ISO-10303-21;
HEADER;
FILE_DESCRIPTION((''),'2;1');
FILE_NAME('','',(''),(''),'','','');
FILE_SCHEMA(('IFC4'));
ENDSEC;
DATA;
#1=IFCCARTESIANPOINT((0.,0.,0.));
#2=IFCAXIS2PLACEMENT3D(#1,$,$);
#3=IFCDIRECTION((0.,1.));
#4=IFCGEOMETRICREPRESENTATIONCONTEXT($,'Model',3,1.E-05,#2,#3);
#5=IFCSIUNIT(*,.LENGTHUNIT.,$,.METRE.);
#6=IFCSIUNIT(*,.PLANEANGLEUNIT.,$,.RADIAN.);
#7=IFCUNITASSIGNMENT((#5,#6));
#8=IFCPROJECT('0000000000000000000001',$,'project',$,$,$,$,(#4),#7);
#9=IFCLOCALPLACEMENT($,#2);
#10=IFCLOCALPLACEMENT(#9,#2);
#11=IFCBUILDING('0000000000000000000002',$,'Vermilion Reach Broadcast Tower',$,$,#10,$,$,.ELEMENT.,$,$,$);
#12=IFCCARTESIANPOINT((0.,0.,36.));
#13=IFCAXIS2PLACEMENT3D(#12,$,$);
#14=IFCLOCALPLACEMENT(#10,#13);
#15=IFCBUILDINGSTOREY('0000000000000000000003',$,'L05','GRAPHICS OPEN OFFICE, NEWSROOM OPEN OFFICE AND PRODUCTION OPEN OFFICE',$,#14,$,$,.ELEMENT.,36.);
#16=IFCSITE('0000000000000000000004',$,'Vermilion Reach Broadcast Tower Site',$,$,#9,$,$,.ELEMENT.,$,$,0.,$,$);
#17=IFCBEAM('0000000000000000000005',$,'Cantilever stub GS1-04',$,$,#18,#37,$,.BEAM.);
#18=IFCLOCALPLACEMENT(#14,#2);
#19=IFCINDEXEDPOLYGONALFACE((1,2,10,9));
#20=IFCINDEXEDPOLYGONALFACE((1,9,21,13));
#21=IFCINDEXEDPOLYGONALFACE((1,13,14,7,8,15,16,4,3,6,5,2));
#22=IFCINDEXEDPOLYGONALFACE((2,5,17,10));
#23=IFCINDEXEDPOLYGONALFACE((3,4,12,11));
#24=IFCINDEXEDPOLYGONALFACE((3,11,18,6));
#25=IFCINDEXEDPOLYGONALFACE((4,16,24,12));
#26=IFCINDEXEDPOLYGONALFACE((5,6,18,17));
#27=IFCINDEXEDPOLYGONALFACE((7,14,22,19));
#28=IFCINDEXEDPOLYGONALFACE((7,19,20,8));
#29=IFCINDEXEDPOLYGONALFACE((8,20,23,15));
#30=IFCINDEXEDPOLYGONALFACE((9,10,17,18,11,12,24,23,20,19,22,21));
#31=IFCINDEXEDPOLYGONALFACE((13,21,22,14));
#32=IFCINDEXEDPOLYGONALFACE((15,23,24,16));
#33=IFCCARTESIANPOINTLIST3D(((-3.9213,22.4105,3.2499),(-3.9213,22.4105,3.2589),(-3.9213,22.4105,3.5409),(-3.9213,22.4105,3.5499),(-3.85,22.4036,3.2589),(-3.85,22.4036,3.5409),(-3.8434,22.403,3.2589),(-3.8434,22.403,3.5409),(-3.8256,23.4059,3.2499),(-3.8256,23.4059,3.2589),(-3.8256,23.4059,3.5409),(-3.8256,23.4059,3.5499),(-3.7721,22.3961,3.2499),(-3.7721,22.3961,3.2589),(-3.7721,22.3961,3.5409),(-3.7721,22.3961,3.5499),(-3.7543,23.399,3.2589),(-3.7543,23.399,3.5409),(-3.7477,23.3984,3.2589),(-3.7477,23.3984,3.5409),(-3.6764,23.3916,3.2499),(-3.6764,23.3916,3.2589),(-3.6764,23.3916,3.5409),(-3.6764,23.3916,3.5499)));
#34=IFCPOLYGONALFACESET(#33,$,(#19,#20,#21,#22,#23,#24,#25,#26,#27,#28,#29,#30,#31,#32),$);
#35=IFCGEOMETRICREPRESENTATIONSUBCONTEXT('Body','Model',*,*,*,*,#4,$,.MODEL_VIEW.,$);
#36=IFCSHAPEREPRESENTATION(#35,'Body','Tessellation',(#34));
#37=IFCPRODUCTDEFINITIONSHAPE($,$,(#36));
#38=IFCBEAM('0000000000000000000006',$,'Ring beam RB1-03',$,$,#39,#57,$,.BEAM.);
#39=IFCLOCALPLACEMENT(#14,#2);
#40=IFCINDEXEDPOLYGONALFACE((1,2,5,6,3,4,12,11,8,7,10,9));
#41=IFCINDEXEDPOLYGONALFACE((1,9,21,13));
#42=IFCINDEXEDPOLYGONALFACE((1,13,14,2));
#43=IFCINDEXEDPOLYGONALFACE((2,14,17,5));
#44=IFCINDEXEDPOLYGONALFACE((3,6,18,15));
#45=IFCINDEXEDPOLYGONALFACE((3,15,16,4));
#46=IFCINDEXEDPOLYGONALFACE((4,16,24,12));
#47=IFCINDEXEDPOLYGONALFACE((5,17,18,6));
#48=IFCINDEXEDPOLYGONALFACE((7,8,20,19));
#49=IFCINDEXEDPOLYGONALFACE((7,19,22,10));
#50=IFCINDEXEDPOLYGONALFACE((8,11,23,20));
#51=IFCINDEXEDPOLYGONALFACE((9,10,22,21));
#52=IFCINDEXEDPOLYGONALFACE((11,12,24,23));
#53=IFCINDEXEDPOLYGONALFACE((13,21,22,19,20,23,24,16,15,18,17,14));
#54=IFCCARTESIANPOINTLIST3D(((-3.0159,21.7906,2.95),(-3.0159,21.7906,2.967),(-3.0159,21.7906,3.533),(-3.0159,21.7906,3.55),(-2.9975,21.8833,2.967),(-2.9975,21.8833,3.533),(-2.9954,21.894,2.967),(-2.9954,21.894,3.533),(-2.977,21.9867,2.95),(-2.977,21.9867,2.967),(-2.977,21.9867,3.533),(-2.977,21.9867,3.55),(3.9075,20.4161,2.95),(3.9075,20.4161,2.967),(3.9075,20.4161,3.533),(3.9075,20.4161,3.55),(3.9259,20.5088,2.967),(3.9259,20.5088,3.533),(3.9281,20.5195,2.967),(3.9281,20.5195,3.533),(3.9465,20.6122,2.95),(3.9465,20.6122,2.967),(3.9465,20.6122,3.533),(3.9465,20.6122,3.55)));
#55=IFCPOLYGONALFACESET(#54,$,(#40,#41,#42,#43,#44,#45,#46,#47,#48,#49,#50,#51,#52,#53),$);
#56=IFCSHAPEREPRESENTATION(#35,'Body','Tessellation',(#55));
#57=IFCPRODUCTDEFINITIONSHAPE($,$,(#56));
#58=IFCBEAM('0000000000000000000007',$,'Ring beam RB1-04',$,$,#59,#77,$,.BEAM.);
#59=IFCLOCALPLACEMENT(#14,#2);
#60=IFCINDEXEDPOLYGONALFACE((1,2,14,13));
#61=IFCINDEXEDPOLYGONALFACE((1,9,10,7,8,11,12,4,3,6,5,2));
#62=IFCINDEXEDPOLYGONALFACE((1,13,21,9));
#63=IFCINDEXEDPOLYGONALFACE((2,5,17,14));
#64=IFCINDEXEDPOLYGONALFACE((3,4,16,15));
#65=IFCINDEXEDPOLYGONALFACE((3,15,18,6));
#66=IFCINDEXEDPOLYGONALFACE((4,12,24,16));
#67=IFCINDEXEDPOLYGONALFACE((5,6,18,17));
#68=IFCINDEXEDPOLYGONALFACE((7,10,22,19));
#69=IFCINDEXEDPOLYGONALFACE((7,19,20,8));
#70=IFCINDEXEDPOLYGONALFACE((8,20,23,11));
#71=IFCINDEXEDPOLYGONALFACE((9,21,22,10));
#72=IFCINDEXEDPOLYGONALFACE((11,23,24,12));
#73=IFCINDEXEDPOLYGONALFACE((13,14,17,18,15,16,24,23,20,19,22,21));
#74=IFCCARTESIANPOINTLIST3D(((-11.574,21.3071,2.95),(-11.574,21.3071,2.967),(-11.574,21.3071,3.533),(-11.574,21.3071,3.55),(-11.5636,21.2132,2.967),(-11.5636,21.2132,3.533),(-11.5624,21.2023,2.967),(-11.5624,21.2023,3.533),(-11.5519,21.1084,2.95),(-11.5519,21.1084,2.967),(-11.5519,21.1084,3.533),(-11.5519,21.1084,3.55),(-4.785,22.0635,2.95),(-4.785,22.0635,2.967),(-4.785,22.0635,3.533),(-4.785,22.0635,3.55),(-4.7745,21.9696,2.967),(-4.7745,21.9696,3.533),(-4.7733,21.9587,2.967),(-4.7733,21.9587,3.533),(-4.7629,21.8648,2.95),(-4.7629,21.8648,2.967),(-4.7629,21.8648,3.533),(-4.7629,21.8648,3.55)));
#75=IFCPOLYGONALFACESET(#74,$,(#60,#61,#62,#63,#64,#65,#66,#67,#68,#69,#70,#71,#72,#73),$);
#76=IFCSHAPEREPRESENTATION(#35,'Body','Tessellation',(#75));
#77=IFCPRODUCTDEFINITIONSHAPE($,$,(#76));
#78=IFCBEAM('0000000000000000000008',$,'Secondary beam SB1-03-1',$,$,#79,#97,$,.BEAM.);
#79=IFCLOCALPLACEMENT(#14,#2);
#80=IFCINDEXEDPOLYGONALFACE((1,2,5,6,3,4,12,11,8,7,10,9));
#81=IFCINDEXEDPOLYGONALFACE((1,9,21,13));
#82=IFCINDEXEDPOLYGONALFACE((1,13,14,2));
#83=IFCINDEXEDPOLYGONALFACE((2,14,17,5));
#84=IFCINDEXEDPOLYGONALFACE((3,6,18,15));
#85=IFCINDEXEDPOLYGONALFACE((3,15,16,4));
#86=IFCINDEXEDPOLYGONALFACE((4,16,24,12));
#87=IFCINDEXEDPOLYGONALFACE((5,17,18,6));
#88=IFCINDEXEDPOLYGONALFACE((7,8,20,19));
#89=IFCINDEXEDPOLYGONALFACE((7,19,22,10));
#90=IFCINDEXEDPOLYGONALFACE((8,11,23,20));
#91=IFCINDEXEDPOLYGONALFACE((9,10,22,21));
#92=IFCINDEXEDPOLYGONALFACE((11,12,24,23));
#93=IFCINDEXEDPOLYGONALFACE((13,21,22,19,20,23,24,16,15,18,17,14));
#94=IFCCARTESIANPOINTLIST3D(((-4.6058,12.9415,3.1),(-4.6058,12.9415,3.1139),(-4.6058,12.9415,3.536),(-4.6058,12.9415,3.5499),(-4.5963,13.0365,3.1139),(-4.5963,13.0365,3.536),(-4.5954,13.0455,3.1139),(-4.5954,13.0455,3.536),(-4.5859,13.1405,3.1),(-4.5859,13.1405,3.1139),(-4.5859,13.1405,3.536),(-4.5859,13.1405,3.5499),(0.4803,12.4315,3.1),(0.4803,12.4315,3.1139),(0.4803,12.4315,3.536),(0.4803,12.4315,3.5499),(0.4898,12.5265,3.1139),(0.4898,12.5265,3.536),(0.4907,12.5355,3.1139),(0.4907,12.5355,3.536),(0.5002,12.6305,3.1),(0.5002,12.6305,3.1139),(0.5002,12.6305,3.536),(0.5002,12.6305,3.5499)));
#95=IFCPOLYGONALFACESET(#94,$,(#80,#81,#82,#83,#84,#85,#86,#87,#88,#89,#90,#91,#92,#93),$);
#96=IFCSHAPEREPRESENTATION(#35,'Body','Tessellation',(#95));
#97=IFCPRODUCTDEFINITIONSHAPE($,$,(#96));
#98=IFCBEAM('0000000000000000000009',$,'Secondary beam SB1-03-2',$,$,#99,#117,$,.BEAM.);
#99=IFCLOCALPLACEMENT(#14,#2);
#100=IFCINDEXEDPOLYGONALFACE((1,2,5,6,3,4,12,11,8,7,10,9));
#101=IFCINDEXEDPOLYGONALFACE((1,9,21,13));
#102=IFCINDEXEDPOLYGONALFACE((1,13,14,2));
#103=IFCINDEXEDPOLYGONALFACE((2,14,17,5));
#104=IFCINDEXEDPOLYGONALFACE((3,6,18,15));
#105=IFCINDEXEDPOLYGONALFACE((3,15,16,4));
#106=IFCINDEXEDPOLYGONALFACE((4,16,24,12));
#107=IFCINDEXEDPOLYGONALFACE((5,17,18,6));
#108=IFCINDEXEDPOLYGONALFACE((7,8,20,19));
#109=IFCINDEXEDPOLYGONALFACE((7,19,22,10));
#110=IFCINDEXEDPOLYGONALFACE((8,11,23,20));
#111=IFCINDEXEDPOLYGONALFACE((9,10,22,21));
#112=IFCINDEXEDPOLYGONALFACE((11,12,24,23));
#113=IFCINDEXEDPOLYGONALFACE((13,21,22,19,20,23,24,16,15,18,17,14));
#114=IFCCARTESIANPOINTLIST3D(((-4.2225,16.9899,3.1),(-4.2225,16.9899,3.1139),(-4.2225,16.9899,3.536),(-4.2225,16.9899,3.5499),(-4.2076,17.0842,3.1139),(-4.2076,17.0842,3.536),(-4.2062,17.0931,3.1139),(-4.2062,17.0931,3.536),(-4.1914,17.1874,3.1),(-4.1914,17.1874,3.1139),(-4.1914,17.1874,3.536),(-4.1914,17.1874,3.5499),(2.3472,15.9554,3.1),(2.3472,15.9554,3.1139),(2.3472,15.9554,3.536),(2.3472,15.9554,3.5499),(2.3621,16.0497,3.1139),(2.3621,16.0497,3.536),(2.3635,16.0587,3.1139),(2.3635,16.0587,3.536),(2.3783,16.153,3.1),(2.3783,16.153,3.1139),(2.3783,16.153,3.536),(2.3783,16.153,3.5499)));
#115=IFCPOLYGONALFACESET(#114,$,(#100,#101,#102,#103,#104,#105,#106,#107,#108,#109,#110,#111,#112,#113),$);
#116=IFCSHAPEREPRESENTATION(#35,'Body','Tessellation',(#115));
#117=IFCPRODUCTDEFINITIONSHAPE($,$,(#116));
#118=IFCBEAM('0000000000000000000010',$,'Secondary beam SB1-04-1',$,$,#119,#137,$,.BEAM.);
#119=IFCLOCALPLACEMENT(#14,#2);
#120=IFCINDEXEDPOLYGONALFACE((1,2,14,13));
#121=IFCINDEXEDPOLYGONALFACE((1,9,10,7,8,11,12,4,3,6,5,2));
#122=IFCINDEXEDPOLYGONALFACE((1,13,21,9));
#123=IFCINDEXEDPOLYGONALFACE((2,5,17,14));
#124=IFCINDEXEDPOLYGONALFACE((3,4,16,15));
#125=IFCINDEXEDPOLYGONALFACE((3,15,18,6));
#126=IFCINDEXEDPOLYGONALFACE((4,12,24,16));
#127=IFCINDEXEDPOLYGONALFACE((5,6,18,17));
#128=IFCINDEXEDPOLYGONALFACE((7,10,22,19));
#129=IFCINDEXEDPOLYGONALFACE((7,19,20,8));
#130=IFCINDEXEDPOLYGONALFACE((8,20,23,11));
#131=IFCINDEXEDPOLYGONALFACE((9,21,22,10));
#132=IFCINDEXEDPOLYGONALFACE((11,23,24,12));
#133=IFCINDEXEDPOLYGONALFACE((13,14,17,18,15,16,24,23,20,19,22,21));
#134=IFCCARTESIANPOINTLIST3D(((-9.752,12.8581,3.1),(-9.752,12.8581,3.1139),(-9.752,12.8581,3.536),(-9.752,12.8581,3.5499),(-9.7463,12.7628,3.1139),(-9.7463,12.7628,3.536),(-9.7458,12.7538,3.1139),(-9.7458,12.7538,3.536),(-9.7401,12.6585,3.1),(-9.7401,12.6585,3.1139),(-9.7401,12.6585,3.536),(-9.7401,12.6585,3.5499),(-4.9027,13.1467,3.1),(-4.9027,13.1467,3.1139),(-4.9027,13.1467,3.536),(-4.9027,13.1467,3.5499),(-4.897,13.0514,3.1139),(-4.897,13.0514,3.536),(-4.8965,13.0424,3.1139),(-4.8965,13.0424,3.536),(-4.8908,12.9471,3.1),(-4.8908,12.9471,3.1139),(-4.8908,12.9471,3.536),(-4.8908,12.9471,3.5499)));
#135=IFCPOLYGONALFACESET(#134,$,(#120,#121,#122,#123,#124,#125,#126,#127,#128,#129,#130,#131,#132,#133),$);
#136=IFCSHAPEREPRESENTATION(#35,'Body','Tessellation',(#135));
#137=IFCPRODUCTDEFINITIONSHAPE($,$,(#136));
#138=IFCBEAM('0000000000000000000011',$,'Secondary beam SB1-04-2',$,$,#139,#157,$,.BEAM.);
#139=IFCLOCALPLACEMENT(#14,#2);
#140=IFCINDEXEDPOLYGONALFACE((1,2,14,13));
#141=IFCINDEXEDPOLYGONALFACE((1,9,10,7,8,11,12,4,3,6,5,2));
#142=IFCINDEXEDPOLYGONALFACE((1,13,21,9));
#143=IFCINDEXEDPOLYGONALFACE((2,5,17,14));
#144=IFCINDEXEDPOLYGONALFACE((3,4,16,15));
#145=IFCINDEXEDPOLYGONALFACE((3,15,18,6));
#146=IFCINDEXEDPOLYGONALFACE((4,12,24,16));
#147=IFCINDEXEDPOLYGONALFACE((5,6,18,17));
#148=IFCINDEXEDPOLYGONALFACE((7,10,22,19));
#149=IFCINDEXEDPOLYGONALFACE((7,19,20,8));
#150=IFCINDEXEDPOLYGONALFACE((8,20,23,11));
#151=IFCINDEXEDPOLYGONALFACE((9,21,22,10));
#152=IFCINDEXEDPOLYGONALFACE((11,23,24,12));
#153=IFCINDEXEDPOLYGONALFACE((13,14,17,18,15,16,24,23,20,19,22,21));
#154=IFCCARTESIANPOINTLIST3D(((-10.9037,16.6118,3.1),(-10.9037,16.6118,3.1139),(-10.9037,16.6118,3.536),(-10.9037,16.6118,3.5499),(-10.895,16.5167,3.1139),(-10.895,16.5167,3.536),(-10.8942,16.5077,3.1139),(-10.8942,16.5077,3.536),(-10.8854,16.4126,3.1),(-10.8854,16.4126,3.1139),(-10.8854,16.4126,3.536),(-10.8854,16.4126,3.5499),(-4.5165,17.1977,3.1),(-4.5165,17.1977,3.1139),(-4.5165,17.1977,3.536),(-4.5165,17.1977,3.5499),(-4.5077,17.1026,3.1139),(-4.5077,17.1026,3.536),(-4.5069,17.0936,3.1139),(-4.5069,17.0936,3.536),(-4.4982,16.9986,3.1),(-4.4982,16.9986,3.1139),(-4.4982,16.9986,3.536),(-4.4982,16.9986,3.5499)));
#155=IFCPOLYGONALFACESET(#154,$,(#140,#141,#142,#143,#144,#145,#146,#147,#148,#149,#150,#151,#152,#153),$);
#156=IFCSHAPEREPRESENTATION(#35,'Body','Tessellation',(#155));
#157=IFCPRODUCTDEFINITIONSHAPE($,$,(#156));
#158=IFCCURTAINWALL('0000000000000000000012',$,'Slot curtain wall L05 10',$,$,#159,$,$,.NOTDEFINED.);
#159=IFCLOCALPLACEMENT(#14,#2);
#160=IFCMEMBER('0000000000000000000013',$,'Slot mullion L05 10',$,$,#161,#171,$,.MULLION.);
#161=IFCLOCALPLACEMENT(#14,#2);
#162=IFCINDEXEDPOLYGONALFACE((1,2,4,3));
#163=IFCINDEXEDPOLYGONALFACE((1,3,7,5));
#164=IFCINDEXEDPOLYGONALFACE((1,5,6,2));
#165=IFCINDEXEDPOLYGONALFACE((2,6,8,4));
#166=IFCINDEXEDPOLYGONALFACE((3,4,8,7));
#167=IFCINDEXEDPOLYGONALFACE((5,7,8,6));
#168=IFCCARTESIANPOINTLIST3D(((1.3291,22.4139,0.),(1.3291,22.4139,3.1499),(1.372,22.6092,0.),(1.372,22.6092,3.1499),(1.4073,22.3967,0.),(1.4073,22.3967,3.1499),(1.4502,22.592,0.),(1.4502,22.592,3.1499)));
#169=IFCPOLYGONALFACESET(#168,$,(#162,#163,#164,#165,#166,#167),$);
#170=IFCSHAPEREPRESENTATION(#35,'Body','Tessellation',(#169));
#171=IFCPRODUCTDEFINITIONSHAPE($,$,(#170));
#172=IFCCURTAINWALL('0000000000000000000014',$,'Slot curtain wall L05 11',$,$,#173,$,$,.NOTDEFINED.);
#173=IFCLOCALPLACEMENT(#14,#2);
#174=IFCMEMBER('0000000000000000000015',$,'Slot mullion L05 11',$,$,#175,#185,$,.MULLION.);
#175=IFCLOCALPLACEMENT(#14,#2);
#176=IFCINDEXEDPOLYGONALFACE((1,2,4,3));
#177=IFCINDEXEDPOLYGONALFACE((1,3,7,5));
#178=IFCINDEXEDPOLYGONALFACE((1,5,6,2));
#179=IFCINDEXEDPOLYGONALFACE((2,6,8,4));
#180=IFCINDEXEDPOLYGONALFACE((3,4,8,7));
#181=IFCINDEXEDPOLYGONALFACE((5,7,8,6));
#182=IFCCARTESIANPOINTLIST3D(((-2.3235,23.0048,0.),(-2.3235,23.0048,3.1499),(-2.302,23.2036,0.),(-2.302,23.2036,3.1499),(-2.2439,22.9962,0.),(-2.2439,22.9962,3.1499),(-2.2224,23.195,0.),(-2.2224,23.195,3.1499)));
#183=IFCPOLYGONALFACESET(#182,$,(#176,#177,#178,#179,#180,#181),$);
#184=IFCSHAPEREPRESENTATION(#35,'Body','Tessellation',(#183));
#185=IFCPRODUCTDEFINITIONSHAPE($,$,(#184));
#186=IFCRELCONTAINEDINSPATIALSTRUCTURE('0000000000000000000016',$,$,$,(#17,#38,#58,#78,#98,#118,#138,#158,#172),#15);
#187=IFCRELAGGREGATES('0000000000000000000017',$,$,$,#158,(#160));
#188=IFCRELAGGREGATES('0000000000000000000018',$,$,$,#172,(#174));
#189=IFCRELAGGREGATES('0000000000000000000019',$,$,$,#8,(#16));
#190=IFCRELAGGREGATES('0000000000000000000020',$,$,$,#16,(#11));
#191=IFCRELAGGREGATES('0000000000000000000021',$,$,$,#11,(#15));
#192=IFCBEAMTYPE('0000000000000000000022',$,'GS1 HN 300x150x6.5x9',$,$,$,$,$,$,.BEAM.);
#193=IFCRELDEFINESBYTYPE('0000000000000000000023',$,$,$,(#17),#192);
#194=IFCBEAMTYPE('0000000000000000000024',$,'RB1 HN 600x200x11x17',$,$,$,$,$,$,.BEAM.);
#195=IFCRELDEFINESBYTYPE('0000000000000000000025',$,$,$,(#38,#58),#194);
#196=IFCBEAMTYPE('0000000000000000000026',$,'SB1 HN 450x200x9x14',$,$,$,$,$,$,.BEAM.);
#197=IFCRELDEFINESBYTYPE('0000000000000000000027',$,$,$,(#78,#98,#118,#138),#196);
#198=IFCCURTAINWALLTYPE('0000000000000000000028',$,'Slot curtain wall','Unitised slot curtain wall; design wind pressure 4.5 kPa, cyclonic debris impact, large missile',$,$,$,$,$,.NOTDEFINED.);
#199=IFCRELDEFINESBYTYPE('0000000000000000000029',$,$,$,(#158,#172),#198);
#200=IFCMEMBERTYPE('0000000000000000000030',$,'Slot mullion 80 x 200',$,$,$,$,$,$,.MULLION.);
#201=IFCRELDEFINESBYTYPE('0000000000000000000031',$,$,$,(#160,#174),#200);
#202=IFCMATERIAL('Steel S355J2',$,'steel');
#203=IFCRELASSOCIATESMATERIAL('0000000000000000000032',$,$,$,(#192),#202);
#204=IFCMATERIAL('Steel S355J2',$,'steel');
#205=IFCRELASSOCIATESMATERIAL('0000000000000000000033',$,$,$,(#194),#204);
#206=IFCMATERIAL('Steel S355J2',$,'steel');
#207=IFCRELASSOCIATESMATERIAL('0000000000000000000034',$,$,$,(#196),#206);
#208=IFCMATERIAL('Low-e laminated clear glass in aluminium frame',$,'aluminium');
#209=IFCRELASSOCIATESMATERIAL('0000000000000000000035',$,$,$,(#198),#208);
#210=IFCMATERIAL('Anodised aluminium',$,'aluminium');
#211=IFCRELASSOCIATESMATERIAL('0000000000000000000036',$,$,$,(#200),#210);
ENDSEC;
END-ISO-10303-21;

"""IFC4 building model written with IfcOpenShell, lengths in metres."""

from ifc_helpers import new_model, si_unit, direction, frame, origin, origin_2d, place, context, subcontext, project, spatial, rectangle, i_section, extrude, material, material_profile, profile_set, type_object, element, aggregate, save


model = new_model("IFC4")

# Units and contexts
model_context = context("Model", 3, precision=1e-05, world=origin(), true_north=direction((0.0, 1.0)))
body_context = subcontext(model_context, "Body", "Model", "MODEL_VIEW")
ifc_project = project(units=[si_unit("LENGTHUNIT", "METRE"), si_unit("PLANEANGLEUNIT", "RADIAN")], contexts=[model_context])

# Site, building, storey
site_placement = place(None, origin())
site = spatial("IfcSite", under=ifc_project, at=site_placement, Name="Vermilion Reach Broadcast Tower Site", CompositionType="ELEMENT", RefElevation=0.0)
building_placement = place(site_placement, origin())
building = spatial("IfcBuilding", under=site, at=building_placement, Name="Vermilion Reach Broadcast Tower", CompositionType="ELEMENT")
storey_placement = place(building_placement, frame((0.0, 0.0, 36.0)))
storey = spatial("IfcBuildingStorey", under=building, at=storey_placement, Name="L05", Description="GRAPHICS OPEN OFFICE, NEWSROOM OPEN OFFICE AND PRODUCTION OPEN OFFICE", CompositionType="ELEMENT", Elevation=36.0)

# Beams
ifc_material_1 = material(Name="Steel S355J2", Category="steel")
ifc_material_profile_1 = material_profile(ifc_material_1, i_section(OverallWidth=0.1499, OverallDepth=0.3, WebThickness=0.0066, FlangeThickness=0.009, at=origin_2d()), Name="S355J2 HN 300x150x6.5x9")
ifc_profile_set_1 = profile_set([ifc_material_profile_1], Name="Steel S355J2")
beam_type_1 = type_object("IfcBeamType", Name="GS1 HN 300x150x6.5x9", PredefinedType="BEAM", material=ifc_profile_set_1)
beam_1_placement = place(storey_placement, frame((-3.8467, 22.4033, 3.3999), z_axis=(0.095708, 0.995409, 0.0), x_axis=(-0.995409, 0.095708, 0.0)))
element("IfcBeam", 1, at=beam_1_placement, inside=storey, type_object=beam_type_1, Name="Cantilever stub GS1-04", PredefinedType="BEAM", context=body_context, shape_type="SweptSolid", body=[
    extrude(i_section(OverallWidth=0.1499, OverallDepth=0.3, WebThickness=0.0066, FlangeThickness=0.009, at=origin_2d()), origin(), (0.0, 0.0, 1.0), 1.0),
])
ifc_material_2 = material(Name="Steel S355J2", Category="steel")
ifc_material_profile_2 = material_profile(ifc_material_2, i_section(OverallWidth=0.2, OverallDepth=0.6001, WebThickness=0.011, FlangeThickness=0.0171, at=origin_2d()), Name="S355J2 HN 600x200x11x17")
ifc_profile_set_2 = profile_set([ifc_material_profile_2], Name="Steel S355J2")
beam_type_2 = type_object("IfcBeamType", Name="RB1 HN 600x200x11x17", PredefinedType="BEAM", material=ifc_profile_set_2)
beam_2_placement = place(storey_placement, frame((3.927, 20.5142, 3.25), z_axis=(-0.980858, 0.194726, 0.0), x_axis=(-0.194726, -0.980858, 0.0)))
element("IfcBeam", 2, at=beam_2_placement, inside=storey, type_object=beam_type_2, Name="Ring beam RB1-03", PredefinedType="BEAM", context=body_context, shape_type="SweptSolid", body=[
    extrude(i_section(OverallWidth=0.2, OverallDepth=0.6001, WebThickness=0.011, FlangeThickness=0.0171, at=origin_2d()), origin(), (0.0, 0.0, 1.0), 7.0586),
])
beam_3_placement = place(storey_placement, frame((-4.7739, 21.9641, 3.25), z_axis=(-0.993851, -0.110722, 0.0), x_axis=(0.110722, -0.993851, 0.0)))
element("IfcBeam", 3, at=beam_3_placement, inside=storey, type_object=beam_type_2, Name="Ring beam RB1-04", PredefinedType="BEAM", context=body_context, shape_type="SweptSolid", body=[
    extrude(i_section(OverallWidth=0.2, OverallDepth=0.6001, WebThickness=0.011, FlangeThickness=0.0171, at=origin_2d()), origin(), (0.0, 0.0, 1.0), 6.8311),
])
ifc_material_3 = material(Name="Steel S355J2", Category="steel")
ifc_material_profile_3 = material_profile(ifc_material_3, i_section(OverallWidth=0.2, OverallDepth=0.45, WebThickness=0.009, FlangeThickness=0.0139, at=origin_2d()), Name="S355J2 HN 450x200x9x14")
ifc_profile_set_3 = profile_set([ifc_material_profile_3], Name="Steel S355J2")
beam_type_3 = type_object("IfcBeamType", Name="SB1 HN 450x200x9x14", PredefinedType="BEAM", material=ifc_profile_set_3)
beam_4_placement = place(storey_placement, frame((0.4902, 12.531, 3.325), z_axis=(-0.99501, 0.099773, 0.0), x_axis=(-0.099773, -0.99501, 0.0)))
element("IfcBeam", 4, at=beam_4_placement, inside=storey, type_object=beam_type_3, Name="Secondary beam SB1-03-1", PredefinedType="BEAM", context=body_context, shape_type="SweptSolid", body=[
    extrude(i_section(OverallWidth=0.2, OverallDepth=0.45, WebThickness=0.009, FlangeThickness=0.0139, at=origin_2d()), origin(), (0.0, 0.0, 1.0), 5.1116),
])
beam_5_placement = place(storey_placement, frame((2.3628, 16.0542, 3.325), z_axis=(-0.98783, 0.15554, 0.0), x_axis=(-0.15554, -0.98783, 0.0)))
element("IfcBeam", 5, at=beam_5_placement, inside=storey, type_object=beam_type_3, Name="Secondary beam SB1-03-2", PredefinedType="BEAM", context=body_context, shape_type="SweptSolid", body=[
    extrude(i_section(OverallWidth=0.2, OverallDepth=0.45, WebThickness=0.009, FlangeThickness=0.0139, at=origin_2d()), origin(), (0.0, 0.0, 1.0), 6.6506),
])
beam_6_placement = place(storey_placement, frame((-4.8967, 13.0469, 3.325), z_axis=(-0.998234, -0.059403, 0.0), x_axis=(0.059403, -0.998234, 0.0)))
element("IfcBeam", 6, at=beam_6_placement, inside=storey, type_object=beam_type_3, Name="Secondary beam SB1-04-1", PredefinedType="BEAM", context=body_context, shape_type="SweptSolid", body=[
    extrude(i_section(OverallWidth=0.2, OverallDepth=0.45, WebThickness=0.009, FlangeThickness=0.0139, at=origin_2d()), origin(), (0.0, 0.0, 1.0), 4.8579),
])
beam_7_placement = place(storey_placement, frame((-4.5073, 17.0981, 3.325), z_axis=(-0.995819, -0.091353, 0.0), x_axis=(0.091353, -0.995819, 0.0)))
element("IfcBeam", 7, at=beam_7_placement, inside=storey, type_object=beam_type_3, Name="Secondary beam SB1-04-2", PredefinedType="BEAM", context=body_context, shape_type="SweptSolid", body=[
    extrude(i_section(OverallWidth=0.2, OverallDepth=0.45, WebThickness=0.009, FlangeThickness=0.0139, at=origin_2d()), origin(), (0.0, 0.0, 1.0), 6.4141),
])

# Curtain walls, members
ifc_material_4 = material(Name="Low-e laminated clear glass in aluminium frame", Category="aluminium")
curtain_wall_type = type_object("IfcCurtainWallType", Name="Slot curtain wall", Description="Unitised slot curtain wall; design wind pressure 4.5 kPa, cyclonic debris impact, large missile", PredefinedType="NOTDEFINED", material=ifc_material_4)
placement_1 = place(storey_placement, origin())
curtain_wall_1 = element("IfcCurtainWall", 8, at=placement_1, inside=storey, type_object=curtain_wall_type, Name="Slot curtain wall L05 10", PredefinedType="NOTDEFINED")
ifc_material_5 = material(Name="Anodised aluminium", Category="aluminium")
ifc_material_profile_4 = material_profile(ifc_material_5, rectangle(XDim=0.2, YDim=0.0801, at=origin_2d()), Name="Slot mullion 80 x 200")
ifc_profile_set_4 = profile_set([ifc_material_profile_4], Name="Anodised aluminium")
member_type_1 = type_object("IfcMemberType", Name="Slot mullion 80 x 200", PredefinedType="MULLION", material=ifc_profile_set_4)
member_1_placement = place(storey_placement, frame((1.3896, 22.5029, 0.0), z_axis=(0.0, 0.0, 1.0), x_axis=(-0.214752, -0.976669, 0.0)))
member_1 = element("IfcMember", 9, at=member_1_placement, type_object=member_type_1, Name="Slot mullion L05 10", PredefinedType="MULLION", context=body_context, shape_type="SweptSolid", body=[
    extrude(rectangle(XDim=0.2, YDim=0.0801, at=origin_2d()), origin(), (0.0, 0.0, 1.0), 3.1499),
])
curtain_wall_2 = element("IfcCurtainWall", 10, at=placement_1, inside=storey, type_object=curtain_wall_type, Name="Slot curtain wall L05 11", PredefinedType="NOTDEFINED")
member_2_placement = place(storey_placement, frame((-2.2729, 23.0999, 0.0), z_axis=(0.0, 0.0, 1.0), x_axis=(-0.107408, -0.994215, 0.0)))
member_2 = element("IfcMember", 11, at=member_2_placement, type_object=member_type_1, Name="Slot mullion L05 11", PredefinedType="MULLION", context=body_context, shape_type="SweptSolid", body=[
    extrude(rectangle(XDim=0.2, YDim=0.0801, at=origin_2d()), origin(), (0.0, 0.0, 1.0), 3.1499),
])

aggregate(curtain_wall_1, [member_1])
aggregate(curtain_wall_2, [member_2])

save(model, "model.ifc")
